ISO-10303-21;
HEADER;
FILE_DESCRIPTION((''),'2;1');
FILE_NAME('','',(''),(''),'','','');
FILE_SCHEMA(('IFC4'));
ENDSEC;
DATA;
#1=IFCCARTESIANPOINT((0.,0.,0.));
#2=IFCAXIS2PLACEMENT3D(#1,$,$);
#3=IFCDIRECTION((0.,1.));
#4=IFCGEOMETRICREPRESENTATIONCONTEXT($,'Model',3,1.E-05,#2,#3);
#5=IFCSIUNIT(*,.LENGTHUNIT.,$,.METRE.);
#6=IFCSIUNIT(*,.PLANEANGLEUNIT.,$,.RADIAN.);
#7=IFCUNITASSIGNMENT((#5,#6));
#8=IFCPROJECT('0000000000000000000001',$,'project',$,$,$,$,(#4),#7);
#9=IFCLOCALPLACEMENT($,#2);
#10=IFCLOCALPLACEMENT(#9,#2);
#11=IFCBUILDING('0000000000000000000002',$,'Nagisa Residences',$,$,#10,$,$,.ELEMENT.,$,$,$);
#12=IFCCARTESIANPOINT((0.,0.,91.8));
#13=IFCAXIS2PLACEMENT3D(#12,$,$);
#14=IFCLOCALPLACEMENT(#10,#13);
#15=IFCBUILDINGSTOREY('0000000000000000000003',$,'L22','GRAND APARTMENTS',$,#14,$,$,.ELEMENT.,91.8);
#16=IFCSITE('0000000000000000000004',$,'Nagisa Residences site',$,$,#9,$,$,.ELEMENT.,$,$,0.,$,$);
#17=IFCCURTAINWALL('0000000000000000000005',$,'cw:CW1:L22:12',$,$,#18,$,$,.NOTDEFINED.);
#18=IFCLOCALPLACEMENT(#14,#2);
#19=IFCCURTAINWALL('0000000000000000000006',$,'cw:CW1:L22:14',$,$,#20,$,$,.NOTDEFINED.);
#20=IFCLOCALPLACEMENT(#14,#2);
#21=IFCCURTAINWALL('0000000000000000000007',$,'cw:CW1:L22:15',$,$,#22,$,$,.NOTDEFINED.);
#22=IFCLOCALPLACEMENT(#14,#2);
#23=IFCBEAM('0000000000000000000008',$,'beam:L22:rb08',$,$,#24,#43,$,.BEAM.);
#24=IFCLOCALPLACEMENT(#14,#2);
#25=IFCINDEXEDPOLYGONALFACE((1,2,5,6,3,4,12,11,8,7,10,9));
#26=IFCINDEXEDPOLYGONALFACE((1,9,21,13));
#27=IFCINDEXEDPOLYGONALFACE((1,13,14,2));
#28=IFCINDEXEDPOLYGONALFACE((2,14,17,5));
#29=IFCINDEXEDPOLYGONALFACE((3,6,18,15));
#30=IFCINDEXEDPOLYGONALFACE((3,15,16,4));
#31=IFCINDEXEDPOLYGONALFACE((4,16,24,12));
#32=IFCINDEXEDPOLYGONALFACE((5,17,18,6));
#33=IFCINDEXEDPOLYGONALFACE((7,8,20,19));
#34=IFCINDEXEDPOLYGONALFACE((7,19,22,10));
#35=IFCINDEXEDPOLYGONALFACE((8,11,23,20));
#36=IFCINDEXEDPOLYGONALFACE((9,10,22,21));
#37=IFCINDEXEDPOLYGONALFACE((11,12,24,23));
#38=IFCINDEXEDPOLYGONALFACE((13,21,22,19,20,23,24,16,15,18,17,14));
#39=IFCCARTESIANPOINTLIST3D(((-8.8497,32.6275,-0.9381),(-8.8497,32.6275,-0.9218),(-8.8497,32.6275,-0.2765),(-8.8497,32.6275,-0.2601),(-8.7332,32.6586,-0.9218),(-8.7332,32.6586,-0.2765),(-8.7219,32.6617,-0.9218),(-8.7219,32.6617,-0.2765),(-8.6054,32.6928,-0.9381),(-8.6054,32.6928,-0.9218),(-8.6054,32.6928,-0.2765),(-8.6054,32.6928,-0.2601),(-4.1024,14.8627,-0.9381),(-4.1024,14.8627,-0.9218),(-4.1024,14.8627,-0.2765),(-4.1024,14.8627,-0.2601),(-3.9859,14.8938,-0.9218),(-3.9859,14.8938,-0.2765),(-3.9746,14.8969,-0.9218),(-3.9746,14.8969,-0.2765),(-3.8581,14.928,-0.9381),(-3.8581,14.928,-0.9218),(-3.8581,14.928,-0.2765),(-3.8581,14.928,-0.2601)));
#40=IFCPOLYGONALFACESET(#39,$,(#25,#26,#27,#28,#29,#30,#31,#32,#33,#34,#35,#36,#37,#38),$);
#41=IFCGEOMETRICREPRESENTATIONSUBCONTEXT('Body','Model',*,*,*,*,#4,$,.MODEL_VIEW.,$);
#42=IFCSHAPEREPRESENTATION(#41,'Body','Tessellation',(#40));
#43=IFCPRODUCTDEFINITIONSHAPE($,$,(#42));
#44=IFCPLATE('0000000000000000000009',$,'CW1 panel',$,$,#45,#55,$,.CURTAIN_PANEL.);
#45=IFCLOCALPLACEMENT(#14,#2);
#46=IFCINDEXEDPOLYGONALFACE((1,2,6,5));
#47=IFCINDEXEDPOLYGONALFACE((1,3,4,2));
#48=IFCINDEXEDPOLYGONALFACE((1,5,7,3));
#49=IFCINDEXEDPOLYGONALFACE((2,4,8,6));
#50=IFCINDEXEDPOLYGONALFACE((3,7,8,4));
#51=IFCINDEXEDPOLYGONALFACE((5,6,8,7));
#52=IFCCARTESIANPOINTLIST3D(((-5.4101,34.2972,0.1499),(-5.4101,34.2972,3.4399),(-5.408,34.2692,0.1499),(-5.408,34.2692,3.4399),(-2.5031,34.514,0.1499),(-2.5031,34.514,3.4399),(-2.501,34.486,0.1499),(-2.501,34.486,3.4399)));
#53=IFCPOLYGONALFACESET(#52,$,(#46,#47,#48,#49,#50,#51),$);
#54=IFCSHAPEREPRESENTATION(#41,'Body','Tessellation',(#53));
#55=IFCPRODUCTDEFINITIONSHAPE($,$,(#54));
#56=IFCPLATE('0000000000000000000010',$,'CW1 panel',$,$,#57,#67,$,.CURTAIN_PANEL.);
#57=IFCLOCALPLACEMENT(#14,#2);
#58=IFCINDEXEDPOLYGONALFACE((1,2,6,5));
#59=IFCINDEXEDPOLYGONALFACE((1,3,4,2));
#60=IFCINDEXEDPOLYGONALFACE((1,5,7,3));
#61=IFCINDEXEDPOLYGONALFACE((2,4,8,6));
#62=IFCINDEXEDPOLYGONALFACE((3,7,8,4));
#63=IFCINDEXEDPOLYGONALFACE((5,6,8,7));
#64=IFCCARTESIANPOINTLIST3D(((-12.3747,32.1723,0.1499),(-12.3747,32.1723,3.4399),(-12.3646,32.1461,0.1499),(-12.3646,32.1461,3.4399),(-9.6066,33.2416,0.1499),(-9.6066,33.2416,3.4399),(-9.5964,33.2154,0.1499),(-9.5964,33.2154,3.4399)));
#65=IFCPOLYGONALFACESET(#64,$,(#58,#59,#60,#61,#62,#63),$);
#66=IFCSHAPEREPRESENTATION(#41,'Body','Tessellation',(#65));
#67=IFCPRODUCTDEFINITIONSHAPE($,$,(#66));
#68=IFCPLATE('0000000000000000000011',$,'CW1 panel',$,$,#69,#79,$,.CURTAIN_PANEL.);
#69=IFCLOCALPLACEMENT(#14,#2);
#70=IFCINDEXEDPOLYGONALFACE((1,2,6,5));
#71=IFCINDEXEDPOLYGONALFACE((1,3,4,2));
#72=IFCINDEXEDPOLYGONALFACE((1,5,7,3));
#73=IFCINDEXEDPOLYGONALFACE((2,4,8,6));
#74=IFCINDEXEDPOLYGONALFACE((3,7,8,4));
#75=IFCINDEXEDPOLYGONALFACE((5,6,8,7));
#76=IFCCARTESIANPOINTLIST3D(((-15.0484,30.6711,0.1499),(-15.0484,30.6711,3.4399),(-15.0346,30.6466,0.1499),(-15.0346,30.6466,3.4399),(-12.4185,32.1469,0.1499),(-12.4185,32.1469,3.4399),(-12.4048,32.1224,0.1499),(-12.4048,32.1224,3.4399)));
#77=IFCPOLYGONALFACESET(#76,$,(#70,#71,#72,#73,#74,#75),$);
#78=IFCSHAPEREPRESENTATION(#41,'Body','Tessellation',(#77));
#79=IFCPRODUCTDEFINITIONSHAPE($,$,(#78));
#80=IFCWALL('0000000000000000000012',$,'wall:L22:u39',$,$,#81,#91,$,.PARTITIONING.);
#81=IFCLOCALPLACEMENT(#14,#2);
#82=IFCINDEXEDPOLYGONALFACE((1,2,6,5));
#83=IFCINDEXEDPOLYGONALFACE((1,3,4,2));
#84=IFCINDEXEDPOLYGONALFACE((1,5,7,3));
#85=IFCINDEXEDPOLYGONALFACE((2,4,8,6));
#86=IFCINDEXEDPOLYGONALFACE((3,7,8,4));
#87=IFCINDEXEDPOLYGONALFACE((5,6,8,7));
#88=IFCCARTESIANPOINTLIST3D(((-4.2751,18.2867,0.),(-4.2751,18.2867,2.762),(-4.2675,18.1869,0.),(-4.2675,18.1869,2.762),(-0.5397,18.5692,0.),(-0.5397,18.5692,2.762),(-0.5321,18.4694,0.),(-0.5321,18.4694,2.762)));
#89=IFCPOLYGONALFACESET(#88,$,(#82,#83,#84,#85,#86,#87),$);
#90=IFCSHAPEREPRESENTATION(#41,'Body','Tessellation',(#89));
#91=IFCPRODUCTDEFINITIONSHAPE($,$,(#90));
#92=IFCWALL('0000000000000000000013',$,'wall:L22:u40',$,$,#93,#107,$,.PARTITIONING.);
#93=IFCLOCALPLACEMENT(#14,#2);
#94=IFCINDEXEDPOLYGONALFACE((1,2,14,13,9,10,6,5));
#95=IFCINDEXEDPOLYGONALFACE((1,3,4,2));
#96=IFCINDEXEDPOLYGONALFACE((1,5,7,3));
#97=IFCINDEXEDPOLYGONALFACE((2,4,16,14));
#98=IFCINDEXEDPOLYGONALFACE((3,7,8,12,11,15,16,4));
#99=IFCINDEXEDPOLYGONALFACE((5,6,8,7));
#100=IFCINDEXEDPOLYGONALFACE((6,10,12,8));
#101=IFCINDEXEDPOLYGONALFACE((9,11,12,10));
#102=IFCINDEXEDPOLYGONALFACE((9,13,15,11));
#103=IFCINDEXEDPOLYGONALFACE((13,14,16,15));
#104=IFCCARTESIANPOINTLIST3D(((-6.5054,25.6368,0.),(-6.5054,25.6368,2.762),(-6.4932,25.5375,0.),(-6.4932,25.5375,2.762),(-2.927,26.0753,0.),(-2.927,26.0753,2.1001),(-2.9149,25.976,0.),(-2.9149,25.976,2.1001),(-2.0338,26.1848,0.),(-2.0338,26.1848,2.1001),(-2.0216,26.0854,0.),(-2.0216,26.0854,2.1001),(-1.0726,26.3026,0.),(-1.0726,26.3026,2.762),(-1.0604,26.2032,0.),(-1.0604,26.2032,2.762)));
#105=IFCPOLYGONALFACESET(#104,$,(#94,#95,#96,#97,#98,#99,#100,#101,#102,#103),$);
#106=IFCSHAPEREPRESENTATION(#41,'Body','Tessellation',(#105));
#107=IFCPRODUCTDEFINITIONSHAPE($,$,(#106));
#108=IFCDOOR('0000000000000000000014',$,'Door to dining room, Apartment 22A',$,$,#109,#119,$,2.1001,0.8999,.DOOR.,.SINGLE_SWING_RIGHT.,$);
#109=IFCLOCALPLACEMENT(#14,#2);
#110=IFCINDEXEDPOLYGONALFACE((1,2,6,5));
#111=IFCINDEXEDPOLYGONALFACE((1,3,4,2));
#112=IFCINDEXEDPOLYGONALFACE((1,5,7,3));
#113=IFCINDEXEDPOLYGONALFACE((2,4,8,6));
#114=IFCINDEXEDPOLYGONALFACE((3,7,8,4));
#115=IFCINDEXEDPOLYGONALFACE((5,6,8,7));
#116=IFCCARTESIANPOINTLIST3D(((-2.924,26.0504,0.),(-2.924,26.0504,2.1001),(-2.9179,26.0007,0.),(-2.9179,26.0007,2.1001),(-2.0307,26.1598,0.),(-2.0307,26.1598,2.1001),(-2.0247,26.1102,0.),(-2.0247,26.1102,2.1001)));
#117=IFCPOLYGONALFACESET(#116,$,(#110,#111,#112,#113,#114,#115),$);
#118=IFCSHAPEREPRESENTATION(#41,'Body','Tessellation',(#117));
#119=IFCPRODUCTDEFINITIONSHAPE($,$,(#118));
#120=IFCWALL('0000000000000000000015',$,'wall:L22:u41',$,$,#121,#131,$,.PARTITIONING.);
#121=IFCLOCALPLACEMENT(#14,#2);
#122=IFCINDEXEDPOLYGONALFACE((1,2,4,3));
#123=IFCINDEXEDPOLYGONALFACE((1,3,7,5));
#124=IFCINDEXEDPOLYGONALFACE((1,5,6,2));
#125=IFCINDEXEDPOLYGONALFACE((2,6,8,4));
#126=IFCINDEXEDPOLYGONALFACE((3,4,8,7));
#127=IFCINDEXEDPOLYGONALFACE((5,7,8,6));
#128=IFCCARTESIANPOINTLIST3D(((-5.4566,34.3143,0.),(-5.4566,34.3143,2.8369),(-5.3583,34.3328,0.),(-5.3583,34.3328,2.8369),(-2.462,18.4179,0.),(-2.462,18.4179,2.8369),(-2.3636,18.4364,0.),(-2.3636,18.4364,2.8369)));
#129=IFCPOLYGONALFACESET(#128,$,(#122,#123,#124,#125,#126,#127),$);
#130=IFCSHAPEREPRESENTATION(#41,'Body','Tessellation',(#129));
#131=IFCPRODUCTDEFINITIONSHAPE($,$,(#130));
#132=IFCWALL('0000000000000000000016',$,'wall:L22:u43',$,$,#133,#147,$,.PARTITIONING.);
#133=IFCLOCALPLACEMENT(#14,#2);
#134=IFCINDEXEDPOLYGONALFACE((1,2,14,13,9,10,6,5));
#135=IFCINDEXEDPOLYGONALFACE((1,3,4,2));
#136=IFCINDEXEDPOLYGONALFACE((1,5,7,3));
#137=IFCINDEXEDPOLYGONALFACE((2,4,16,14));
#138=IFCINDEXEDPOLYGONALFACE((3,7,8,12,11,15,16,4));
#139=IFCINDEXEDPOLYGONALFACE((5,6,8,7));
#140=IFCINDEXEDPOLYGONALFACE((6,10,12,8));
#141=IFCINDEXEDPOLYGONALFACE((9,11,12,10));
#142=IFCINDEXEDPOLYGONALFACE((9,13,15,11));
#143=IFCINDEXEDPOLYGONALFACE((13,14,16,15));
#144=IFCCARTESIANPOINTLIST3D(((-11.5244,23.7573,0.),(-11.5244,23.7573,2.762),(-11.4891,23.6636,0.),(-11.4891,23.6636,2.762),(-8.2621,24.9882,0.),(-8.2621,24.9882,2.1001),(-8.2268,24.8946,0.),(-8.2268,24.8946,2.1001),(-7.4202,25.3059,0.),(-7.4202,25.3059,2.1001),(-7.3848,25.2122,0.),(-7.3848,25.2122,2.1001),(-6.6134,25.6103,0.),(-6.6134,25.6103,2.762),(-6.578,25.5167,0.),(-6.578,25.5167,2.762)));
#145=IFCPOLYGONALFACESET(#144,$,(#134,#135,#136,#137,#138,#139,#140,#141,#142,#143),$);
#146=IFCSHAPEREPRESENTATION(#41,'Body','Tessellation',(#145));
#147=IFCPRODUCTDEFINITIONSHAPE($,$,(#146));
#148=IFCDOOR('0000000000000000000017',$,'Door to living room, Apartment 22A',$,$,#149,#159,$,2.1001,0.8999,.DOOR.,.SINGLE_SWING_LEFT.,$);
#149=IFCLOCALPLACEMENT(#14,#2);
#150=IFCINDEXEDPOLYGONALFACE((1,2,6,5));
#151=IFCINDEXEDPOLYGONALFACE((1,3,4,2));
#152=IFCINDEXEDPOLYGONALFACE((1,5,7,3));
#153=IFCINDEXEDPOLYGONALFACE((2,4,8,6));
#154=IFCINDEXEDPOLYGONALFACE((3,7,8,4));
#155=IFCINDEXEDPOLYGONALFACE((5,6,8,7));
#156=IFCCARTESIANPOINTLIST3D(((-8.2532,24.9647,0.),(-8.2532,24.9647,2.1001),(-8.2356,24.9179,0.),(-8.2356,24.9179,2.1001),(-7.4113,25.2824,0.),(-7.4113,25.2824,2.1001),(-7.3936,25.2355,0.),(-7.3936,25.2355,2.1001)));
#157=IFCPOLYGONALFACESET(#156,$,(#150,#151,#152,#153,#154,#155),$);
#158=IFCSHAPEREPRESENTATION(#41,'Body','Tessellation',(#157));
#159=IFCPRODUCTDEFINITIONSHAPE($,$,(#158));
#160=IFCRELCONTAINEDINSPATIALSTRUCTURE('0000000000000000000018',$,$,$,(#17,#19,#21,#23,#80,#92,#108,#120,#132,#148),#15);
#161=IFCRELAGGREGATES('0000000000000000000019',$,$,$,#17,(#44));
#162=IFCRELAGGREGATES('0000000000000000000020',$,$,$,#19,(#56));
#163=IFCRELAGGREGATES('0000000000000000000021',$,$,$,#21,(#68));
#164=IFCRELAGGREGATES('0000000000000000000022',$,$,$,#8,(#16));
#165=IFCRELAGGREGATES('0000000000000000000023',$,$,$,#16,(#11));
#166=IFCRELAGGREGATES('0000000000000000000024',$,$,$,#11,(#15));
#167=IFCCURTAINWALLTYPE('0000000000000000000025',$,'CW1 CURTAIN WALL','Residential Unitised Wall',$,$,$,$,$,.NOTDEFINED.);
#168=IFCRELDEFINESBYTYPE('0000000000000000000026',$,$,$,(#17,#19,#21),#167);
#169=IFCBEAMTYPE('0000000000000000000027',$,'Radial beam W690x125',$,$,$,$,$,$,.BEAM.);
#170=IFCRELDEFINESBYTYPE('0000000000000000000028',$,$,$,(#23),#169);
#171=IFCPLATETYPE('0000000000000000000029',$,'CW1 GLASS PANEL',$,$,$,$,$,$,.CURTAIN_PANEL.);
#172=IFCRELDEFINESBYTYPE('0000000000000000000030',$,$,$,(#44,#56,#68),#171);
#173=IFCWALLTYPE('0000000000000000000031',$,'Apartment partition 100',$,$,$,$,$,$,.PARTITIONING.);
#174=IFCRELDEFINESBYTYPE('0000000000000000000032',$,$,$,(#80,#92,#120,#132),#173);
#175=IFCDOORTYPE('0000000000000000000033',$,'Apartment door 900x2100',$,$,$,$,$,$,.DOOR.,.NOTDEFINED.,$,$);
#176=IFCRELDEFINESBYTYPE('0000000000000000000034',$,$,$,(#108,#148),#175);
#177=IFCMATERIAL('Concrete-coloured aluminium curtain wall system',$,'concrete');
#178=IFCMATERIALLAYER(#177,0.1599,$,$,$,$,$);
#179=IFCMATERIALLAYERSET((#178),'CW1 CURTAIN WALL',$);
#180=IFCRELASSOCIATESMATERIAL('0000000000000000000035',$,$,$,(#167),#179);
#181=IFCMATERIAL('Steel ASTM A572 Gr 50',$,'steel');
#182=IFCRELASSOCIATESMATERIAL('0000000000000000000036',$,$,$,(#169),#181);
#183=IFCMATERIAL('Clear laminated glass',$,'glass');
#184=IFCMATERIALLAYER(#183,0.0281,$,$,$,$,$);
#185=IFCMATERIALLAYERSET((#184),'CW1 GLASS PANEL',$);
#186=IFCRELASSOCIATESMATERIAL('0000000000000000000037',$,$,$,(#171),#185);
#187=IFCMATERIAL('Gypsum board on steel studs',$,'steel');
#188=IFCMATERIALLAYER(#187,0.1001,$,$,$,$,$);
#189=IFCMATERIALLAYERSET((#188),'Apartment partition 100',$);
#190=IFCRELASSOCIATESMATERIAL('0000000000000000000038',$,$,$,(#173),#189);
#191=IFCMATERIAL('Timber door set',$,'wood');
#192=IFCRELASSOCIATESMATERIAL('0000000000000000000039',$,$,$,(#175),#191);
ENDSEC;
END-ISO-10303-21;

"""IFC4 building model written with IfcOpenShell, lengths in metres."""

from ifc_helpers import new_model, si_unit, direction, frame, frame_2d, origin, origin_2d, place, context, subcontext, project, spatial, rectangle, i_section, extrude, material, layer, layer_set, material_profile, profile_set, type_object, element, fill, aggregate, save


model = new_model("IFC4")

# Units and contexts
model_context = context("Model", 3, precision=1e-05, world=origin(), true_north=direction((0.0, 1.0)))
body_context = subcontext(model_context, "Body", "Model", "MODEL_VIEW")
ifc_project = project(units=[si_unit("LENGTHUNIT", "METRE"), si_unit("PLANEANGLEUNIT", "RADIAN")], contexts=[model_context])

# Site, building, storey
site_placement = place(None, origin())
site = spatial("IfcSite", under=ifc_project, at=site_placement, Name="Nagisa Residences site", CompositionType="ELEMENT", RefElevation=0.0)
building_placement = place(site_placement, origin())
building = spatial("IfcBuilding", under=site, at=building_placement, Name="Nagisa Residences", CompositionType="ELEMENT")
storey_placement = place(building_placement, frame((0.0, 0.0, 91.8)))
storey = spatial("IfcBuildingStorey", under=building, at=storey_placement, Name="L22", Description="GRAND APARTMENTS", CompositionType="ELEMENT", Elevation=91.8)

# Curtain walls
ifc_material_1 = material(Name="Concrete-coloured aluminium curtain wall system", Category="concrete")
ifc_layer_1 = layer(ifc_material_1, 0.1599)
ifc_layer_set_1 = layer_set([ifc_layer_1], Name="CW1 CURTAIN WALL")
curtain_wall_type = type_object("IfcCurtainWallType", Name="CW1 CURTAIN WALL", Description="Residential Unitised Wall", PredefinedType="NOTDEFINED", material=ifc_layer_set_1)
curtain_wall_1_placement = place(storey_placement, origin())
curtain_wall_1 = element("IfcCurtainWall", 1, at=curtain_wall_1_placement, inside=storey, type_object=curtain_wall_type, Name="cw:CW1:L22:12", PredefinedType="NOTDEFINED")
curtain_wall_2_placement = place(storey_placement, origin())
curtain_wall_2 = element("IfcCurtainWall", 2, at=curtain_wall_2_placement, inside=storey, type_object=curtain_wall_type, Name="cw:CW1:L22:14", PredefinedType="NOTDEFINED")
curtain_wall_3_placement = place(storey_placement, origin())
curtain_wall_3 = element("IfcCurtainWall", 3, at=curtain_wall_3_placement, inside=storey, type_object=curtain_wall_type, Name="cw:CW1:L22:15", PredefinedType="NOTDEFINED")

# Beam
ifc_material_2 = material(Name="Steel ASTM A572 Gr 50", Category="steel")
ifc_material_profile_1 = material_profile(ifc_material_2, i_section(OverallWidth=0.2529, OverallDepth=0.678, WebThickness=0.0117, FlangeThickness=0.0164, at=origin_2d()), Name="W690x125")
ifc_profile_set_1 = profile_set([ifc_material_profile_1], Name="Steel ASTM A572 Gr 50")
beam_type_1 = type_object("IfcBeamType", Name="Radial beam W690x125", PredefinedType="BEAM", material=ifc_profile_set_1)
beam_1_placement = place(storey_placement, frame((-8.7275, 32.6602, -0.5991), z_axis=(0.258171, -0.966099, 0.0), x_axis=(0.966099, 0.258171, 0.0)))
element("IfcBeam", 4, at=beam_1_placement, inside=storey, type_object=beam_type_1, Name="beam:L22:rb08", PredefinedType="BEAM", context=body_context, shape_type="SweptSolid", body=[
    extrude(i_section(OverallWidth=0.2529, OverallDepth=0.678, WebThickness=0.0117, FlangeThickness=0.0164, at=origin_2d()), origin(), (0.0, 0.0, 1.0), 18.3882),
])

# Plates
ifc_material_3 = material(Name="Clear laminated glass", Category="glass")
ifc_layer_2 = layer(ifc_material_3, 0.0281)
ifc_layer_set_2 = layer_set([ifc_layer_2], Name="CW1 GLASS PANEL")
plate_type = type_object("IfcPlateType", Name="CW1 GLASS PANEL", PredefinedType="CURTAIN_PANEL", material=ifc_layer_set_2)
plate_1_placement = place(storey_placement, frame((-3.9556, 34.3916, 0.1499), z_axis=(0.0, 0.0, 1.0), x_axis=(-0.99723, -0.074377, 0.0)))
plate_1 = element("IfcPlate", 5, at=plate_1_placement, type_object=plate_type, Name="CW1 panel", PredefinedType="CURTAIN_PANEL", context=body_context, shape_type="SweptSolid", body=[
    extrude(rectangle(XDim=2.915, YDim=0.0281, at=origin_2d()), origin(), (0.0, 0.0, 1.0), 3.29),
])
aggregate(curtain_wall_1, [plate_1])
plate_2_placement = place(storey_placement, frame((-10.9856, 32.6938, 0.1499), z_axis=(0.0, 0.0, 1.0), x_axis=(-0.932826, -0.360328, 0.0)))
plate_2 = element("IfcPlate", 6, at=plate_2_placement, type_object=plate_type, Name="CW1 panel", PredefinedType="CURTAIN_PANEL", context=body_context, shape_type="SweptSolid", body=[
    extrude(rectangle(XDim=2.9675, YDim=0.0281, at=origin_2d()), origin(), (0.0, 0.0, 1.0), 3.29),
])
aggregate(curtain_wall_2, [plate_2])
plate_3_placement = place(storey_placement, frame((-13.7266, 31.3967, 0.1499), z_axis=(0.0, 0.0, 1.0), x_axis=(-0.872072, -0.489377, 0.0)))
plate_3 = element("IfcPlate", 7, at=plate_3_placement, type_object=plate_type, Name="CW1 panel", PredefinedType="CURTAIN_PANEL", context=body_context, shape_type="SweptSolid", body=[
    extrude(rectangle(XDim=3.0156, YDim=0.0281, at=origin_2d()), origin(), (0.0, 0.0, 1.0), 3.29),
])
aggregate(curtain_wall_3, [plate_3])

# Wall
ifc_material_4 = material(Name="Gypsum board on steel studs", Category="steel")
ifc_layer_3 = layer(ifc_material_4, 0.1001)
ifc_layer_set_3 = layer_set([ifc_layer_3], Name="Apartment partition 100")
wall_type_1 = type_object("IfcWallType", Name="Apartment partition 100", PredefinedType="PARTITIONING", material=ifc_layer_set_3)
wall_1_placement = place(storey_placement, frame((-0.5359, 18.5193, 0.0), z_axis=(0.0, 0.0, 1.0), x_axis=(-0.997153, -0.075406, 0.0)))
element("IfcWall", 8, at=wall_1_placement, inside=storey, type_object=wall_type_1, Name="wall:L22:u39", PredefinedType="PARTITIONING", context=body_context, shape_type="SweptSolid", body=[
    extrude(rectangle(XDim=3.7461, YDim=0.1001, at=frame_2d((1.873, 0.0))), origin(), (0.0, 0.0, 1.0), 2.762),
])

# Wall, opening, door
wall_2_placement = place(storey_placement, frame((-1.0664, 26.2529, 0.0), z_axis=(0.0, 0.0, 1.0), x_axis=(-0.992575, -0.121635, 0.0)))
wall_2 = element("IfcWall", 9, at=wall_2_placement, inside=storey, type_object=wall_type_1, Name="wall:L22:u40", PredefinedType="PARTITIONING", context=body_context, shape_type="SweptSolid", body=[
    extrude(rectangle(XDim=5.4734, YDim=0.1001, at=frame_2d((2.7368, 0.0))), origin(), (0.0, 0.0, 1.0), 2.762),
])
opening_1_placement = place(wall_2_placement, frame((0.9685, 0.0, 0.0)))
opening_1 = element("IfcOpeningElement", 10, at=opening_1_placement, cuts=wall_2, PredefinedType="OPENING", context=body_context, shape_type="SweptSolid", body=[
    extrude(rectangle(XDim=0.8999, YDim=2.1001, at=frame_2d((0.45, 1.05))), frame((0.0, 0.0601, 0.0), z_axis=(0.0, -1.0, 0.0), x_axis=(1.0, 0.0, 0.0)), (0.0, 0.0, 1.0), 0.1201),
])
ifc_material_5 = material(Name="Timber door set", Category="wood")
door_type_1 = type_object("IfcDoorType", Name="Apartment door 900x2100", OperationType="NOTDEFINED", PredefinedType="DOOR", material=ifc_material_5)
door_1_placement = place(opening_1_placement, frame((0.8999, 0.0, 0.0), x_axis=(-1.0, 0.0, 0.0)))
door_1 = element("IfcDoor", 11, at=door_1_placement, inside=storey, type_object=door_type_1, Name="Door to dining room, Apartment 22A", OperationType="SINGLE_SWING_RIGHT", OverallHeight=2.1001, OverallWidth=0.8999, PredefinedType="DOOR", context=body_context, shape_type="SweptSolid", body=[
    extrude(rectangle(XDim=0.8999, YDim=2.1001, at=frame_2d((0.45, 1.05))), frame((0.0, 0.0249, 0.0), z_axis=(0.0, -1.0, 0.0), x_axis=(1.0, 0.0, 0.0)), (0.0, 0.0, 1.0), 0.05),
])
fill(opening_1, door_1)

# Wall
wall_3_placement = place(storey_placement, frame((-2.4128, 18.4272, 0.0), z_axis=(0.0, 0.0, 1.0), x_axis=(-0.185127, 0.982715, 0.0)))
element("IfcWall", 12, at=wall_3_placement, inside=storey, type_object=wall_type_1, Name="wall:L22:u41", PredefinedType="PARTITIONING", context=body_context, shape_type="SweptSolid", body=[
    extrude(rectangle(XDim=16.176, YDim=0.1001, at=frame_2d((8.0879, 0.0))), origin(), (0.0, 0.0, 1.0), 2.8369),
])

# Wall, opening, door
wall_4_placement = place(storey_placement, frame((-6.5957, 25.5635, 0.0), z_axis=(0.0, 0.0, 1.0), x_axis=(-0.935616, -0.353019, 0.0)))
wall_4 = element("IfcWall", 13, at=wall_4_placement, inside=storey, type_object=wall_type_1, Name="wall:L22:u43", PredefinedType="PARTITIONING", context=body_context, shape_type="SweptSolid", body=[
    extrude(rectangle(XDim=5.249, YDim=0.1001, at=frame_2d((2.6245, 0.0))), origin(), (0.0, 0.0, 1.0), 2.762),
])
opening_2_placement = place(wall_4_placement, frame((0.8623, 0.0, 0.0)))
opening_2 = element("IfcOpeningElement", 14, at=opening_2_placement, cuts=wall_4, PredefinedType="OPENING", context=body_context, shape_type="SweptSolid", body=[
    extrude(rectangle(XDim=0.8999, YDim=2.1001, at=frame_2d((0.45, 1.05))), frame((0.0, 0.0601, 0.0), z_axis=(0.0, -1.0, 0.0), x_axis=(1.0, 0.0, 0.0)), (0.0, 0.0, 1.0), 0.1201),
])
door_2_placement = place(opening_2_placement, frame((0.8999, 0.0, 0.0), x_axis=(-1.0, 0.0, 0.0)))
door_2 = element("IfcDoor", 15, at=door_2_placement, inside=storey, type_object=door_type_1, Name="Door to living room, Apartment 22A", OperationType="SINGLE_SWING_LEFT", OverallHeight=2.1001, OverallWidth=0.8999, PredefinedType="DOOR", context=body_context, shape_type="SweptSolid", body=[
    extrude(rectangle(XDim=0.8999, YDim=2.1001, at=frame_2d((0.45, 1.05))), frame((0.0, 0.0249, 0.0), z_axis=(0.0, -1.0, 0.0), x_axis=(1.0, 0.0, 0.0)), (0.0, 0.0, 1.0), 0.05),
])
fill(opening_2, door_2)

save(model, "model.ifc")
